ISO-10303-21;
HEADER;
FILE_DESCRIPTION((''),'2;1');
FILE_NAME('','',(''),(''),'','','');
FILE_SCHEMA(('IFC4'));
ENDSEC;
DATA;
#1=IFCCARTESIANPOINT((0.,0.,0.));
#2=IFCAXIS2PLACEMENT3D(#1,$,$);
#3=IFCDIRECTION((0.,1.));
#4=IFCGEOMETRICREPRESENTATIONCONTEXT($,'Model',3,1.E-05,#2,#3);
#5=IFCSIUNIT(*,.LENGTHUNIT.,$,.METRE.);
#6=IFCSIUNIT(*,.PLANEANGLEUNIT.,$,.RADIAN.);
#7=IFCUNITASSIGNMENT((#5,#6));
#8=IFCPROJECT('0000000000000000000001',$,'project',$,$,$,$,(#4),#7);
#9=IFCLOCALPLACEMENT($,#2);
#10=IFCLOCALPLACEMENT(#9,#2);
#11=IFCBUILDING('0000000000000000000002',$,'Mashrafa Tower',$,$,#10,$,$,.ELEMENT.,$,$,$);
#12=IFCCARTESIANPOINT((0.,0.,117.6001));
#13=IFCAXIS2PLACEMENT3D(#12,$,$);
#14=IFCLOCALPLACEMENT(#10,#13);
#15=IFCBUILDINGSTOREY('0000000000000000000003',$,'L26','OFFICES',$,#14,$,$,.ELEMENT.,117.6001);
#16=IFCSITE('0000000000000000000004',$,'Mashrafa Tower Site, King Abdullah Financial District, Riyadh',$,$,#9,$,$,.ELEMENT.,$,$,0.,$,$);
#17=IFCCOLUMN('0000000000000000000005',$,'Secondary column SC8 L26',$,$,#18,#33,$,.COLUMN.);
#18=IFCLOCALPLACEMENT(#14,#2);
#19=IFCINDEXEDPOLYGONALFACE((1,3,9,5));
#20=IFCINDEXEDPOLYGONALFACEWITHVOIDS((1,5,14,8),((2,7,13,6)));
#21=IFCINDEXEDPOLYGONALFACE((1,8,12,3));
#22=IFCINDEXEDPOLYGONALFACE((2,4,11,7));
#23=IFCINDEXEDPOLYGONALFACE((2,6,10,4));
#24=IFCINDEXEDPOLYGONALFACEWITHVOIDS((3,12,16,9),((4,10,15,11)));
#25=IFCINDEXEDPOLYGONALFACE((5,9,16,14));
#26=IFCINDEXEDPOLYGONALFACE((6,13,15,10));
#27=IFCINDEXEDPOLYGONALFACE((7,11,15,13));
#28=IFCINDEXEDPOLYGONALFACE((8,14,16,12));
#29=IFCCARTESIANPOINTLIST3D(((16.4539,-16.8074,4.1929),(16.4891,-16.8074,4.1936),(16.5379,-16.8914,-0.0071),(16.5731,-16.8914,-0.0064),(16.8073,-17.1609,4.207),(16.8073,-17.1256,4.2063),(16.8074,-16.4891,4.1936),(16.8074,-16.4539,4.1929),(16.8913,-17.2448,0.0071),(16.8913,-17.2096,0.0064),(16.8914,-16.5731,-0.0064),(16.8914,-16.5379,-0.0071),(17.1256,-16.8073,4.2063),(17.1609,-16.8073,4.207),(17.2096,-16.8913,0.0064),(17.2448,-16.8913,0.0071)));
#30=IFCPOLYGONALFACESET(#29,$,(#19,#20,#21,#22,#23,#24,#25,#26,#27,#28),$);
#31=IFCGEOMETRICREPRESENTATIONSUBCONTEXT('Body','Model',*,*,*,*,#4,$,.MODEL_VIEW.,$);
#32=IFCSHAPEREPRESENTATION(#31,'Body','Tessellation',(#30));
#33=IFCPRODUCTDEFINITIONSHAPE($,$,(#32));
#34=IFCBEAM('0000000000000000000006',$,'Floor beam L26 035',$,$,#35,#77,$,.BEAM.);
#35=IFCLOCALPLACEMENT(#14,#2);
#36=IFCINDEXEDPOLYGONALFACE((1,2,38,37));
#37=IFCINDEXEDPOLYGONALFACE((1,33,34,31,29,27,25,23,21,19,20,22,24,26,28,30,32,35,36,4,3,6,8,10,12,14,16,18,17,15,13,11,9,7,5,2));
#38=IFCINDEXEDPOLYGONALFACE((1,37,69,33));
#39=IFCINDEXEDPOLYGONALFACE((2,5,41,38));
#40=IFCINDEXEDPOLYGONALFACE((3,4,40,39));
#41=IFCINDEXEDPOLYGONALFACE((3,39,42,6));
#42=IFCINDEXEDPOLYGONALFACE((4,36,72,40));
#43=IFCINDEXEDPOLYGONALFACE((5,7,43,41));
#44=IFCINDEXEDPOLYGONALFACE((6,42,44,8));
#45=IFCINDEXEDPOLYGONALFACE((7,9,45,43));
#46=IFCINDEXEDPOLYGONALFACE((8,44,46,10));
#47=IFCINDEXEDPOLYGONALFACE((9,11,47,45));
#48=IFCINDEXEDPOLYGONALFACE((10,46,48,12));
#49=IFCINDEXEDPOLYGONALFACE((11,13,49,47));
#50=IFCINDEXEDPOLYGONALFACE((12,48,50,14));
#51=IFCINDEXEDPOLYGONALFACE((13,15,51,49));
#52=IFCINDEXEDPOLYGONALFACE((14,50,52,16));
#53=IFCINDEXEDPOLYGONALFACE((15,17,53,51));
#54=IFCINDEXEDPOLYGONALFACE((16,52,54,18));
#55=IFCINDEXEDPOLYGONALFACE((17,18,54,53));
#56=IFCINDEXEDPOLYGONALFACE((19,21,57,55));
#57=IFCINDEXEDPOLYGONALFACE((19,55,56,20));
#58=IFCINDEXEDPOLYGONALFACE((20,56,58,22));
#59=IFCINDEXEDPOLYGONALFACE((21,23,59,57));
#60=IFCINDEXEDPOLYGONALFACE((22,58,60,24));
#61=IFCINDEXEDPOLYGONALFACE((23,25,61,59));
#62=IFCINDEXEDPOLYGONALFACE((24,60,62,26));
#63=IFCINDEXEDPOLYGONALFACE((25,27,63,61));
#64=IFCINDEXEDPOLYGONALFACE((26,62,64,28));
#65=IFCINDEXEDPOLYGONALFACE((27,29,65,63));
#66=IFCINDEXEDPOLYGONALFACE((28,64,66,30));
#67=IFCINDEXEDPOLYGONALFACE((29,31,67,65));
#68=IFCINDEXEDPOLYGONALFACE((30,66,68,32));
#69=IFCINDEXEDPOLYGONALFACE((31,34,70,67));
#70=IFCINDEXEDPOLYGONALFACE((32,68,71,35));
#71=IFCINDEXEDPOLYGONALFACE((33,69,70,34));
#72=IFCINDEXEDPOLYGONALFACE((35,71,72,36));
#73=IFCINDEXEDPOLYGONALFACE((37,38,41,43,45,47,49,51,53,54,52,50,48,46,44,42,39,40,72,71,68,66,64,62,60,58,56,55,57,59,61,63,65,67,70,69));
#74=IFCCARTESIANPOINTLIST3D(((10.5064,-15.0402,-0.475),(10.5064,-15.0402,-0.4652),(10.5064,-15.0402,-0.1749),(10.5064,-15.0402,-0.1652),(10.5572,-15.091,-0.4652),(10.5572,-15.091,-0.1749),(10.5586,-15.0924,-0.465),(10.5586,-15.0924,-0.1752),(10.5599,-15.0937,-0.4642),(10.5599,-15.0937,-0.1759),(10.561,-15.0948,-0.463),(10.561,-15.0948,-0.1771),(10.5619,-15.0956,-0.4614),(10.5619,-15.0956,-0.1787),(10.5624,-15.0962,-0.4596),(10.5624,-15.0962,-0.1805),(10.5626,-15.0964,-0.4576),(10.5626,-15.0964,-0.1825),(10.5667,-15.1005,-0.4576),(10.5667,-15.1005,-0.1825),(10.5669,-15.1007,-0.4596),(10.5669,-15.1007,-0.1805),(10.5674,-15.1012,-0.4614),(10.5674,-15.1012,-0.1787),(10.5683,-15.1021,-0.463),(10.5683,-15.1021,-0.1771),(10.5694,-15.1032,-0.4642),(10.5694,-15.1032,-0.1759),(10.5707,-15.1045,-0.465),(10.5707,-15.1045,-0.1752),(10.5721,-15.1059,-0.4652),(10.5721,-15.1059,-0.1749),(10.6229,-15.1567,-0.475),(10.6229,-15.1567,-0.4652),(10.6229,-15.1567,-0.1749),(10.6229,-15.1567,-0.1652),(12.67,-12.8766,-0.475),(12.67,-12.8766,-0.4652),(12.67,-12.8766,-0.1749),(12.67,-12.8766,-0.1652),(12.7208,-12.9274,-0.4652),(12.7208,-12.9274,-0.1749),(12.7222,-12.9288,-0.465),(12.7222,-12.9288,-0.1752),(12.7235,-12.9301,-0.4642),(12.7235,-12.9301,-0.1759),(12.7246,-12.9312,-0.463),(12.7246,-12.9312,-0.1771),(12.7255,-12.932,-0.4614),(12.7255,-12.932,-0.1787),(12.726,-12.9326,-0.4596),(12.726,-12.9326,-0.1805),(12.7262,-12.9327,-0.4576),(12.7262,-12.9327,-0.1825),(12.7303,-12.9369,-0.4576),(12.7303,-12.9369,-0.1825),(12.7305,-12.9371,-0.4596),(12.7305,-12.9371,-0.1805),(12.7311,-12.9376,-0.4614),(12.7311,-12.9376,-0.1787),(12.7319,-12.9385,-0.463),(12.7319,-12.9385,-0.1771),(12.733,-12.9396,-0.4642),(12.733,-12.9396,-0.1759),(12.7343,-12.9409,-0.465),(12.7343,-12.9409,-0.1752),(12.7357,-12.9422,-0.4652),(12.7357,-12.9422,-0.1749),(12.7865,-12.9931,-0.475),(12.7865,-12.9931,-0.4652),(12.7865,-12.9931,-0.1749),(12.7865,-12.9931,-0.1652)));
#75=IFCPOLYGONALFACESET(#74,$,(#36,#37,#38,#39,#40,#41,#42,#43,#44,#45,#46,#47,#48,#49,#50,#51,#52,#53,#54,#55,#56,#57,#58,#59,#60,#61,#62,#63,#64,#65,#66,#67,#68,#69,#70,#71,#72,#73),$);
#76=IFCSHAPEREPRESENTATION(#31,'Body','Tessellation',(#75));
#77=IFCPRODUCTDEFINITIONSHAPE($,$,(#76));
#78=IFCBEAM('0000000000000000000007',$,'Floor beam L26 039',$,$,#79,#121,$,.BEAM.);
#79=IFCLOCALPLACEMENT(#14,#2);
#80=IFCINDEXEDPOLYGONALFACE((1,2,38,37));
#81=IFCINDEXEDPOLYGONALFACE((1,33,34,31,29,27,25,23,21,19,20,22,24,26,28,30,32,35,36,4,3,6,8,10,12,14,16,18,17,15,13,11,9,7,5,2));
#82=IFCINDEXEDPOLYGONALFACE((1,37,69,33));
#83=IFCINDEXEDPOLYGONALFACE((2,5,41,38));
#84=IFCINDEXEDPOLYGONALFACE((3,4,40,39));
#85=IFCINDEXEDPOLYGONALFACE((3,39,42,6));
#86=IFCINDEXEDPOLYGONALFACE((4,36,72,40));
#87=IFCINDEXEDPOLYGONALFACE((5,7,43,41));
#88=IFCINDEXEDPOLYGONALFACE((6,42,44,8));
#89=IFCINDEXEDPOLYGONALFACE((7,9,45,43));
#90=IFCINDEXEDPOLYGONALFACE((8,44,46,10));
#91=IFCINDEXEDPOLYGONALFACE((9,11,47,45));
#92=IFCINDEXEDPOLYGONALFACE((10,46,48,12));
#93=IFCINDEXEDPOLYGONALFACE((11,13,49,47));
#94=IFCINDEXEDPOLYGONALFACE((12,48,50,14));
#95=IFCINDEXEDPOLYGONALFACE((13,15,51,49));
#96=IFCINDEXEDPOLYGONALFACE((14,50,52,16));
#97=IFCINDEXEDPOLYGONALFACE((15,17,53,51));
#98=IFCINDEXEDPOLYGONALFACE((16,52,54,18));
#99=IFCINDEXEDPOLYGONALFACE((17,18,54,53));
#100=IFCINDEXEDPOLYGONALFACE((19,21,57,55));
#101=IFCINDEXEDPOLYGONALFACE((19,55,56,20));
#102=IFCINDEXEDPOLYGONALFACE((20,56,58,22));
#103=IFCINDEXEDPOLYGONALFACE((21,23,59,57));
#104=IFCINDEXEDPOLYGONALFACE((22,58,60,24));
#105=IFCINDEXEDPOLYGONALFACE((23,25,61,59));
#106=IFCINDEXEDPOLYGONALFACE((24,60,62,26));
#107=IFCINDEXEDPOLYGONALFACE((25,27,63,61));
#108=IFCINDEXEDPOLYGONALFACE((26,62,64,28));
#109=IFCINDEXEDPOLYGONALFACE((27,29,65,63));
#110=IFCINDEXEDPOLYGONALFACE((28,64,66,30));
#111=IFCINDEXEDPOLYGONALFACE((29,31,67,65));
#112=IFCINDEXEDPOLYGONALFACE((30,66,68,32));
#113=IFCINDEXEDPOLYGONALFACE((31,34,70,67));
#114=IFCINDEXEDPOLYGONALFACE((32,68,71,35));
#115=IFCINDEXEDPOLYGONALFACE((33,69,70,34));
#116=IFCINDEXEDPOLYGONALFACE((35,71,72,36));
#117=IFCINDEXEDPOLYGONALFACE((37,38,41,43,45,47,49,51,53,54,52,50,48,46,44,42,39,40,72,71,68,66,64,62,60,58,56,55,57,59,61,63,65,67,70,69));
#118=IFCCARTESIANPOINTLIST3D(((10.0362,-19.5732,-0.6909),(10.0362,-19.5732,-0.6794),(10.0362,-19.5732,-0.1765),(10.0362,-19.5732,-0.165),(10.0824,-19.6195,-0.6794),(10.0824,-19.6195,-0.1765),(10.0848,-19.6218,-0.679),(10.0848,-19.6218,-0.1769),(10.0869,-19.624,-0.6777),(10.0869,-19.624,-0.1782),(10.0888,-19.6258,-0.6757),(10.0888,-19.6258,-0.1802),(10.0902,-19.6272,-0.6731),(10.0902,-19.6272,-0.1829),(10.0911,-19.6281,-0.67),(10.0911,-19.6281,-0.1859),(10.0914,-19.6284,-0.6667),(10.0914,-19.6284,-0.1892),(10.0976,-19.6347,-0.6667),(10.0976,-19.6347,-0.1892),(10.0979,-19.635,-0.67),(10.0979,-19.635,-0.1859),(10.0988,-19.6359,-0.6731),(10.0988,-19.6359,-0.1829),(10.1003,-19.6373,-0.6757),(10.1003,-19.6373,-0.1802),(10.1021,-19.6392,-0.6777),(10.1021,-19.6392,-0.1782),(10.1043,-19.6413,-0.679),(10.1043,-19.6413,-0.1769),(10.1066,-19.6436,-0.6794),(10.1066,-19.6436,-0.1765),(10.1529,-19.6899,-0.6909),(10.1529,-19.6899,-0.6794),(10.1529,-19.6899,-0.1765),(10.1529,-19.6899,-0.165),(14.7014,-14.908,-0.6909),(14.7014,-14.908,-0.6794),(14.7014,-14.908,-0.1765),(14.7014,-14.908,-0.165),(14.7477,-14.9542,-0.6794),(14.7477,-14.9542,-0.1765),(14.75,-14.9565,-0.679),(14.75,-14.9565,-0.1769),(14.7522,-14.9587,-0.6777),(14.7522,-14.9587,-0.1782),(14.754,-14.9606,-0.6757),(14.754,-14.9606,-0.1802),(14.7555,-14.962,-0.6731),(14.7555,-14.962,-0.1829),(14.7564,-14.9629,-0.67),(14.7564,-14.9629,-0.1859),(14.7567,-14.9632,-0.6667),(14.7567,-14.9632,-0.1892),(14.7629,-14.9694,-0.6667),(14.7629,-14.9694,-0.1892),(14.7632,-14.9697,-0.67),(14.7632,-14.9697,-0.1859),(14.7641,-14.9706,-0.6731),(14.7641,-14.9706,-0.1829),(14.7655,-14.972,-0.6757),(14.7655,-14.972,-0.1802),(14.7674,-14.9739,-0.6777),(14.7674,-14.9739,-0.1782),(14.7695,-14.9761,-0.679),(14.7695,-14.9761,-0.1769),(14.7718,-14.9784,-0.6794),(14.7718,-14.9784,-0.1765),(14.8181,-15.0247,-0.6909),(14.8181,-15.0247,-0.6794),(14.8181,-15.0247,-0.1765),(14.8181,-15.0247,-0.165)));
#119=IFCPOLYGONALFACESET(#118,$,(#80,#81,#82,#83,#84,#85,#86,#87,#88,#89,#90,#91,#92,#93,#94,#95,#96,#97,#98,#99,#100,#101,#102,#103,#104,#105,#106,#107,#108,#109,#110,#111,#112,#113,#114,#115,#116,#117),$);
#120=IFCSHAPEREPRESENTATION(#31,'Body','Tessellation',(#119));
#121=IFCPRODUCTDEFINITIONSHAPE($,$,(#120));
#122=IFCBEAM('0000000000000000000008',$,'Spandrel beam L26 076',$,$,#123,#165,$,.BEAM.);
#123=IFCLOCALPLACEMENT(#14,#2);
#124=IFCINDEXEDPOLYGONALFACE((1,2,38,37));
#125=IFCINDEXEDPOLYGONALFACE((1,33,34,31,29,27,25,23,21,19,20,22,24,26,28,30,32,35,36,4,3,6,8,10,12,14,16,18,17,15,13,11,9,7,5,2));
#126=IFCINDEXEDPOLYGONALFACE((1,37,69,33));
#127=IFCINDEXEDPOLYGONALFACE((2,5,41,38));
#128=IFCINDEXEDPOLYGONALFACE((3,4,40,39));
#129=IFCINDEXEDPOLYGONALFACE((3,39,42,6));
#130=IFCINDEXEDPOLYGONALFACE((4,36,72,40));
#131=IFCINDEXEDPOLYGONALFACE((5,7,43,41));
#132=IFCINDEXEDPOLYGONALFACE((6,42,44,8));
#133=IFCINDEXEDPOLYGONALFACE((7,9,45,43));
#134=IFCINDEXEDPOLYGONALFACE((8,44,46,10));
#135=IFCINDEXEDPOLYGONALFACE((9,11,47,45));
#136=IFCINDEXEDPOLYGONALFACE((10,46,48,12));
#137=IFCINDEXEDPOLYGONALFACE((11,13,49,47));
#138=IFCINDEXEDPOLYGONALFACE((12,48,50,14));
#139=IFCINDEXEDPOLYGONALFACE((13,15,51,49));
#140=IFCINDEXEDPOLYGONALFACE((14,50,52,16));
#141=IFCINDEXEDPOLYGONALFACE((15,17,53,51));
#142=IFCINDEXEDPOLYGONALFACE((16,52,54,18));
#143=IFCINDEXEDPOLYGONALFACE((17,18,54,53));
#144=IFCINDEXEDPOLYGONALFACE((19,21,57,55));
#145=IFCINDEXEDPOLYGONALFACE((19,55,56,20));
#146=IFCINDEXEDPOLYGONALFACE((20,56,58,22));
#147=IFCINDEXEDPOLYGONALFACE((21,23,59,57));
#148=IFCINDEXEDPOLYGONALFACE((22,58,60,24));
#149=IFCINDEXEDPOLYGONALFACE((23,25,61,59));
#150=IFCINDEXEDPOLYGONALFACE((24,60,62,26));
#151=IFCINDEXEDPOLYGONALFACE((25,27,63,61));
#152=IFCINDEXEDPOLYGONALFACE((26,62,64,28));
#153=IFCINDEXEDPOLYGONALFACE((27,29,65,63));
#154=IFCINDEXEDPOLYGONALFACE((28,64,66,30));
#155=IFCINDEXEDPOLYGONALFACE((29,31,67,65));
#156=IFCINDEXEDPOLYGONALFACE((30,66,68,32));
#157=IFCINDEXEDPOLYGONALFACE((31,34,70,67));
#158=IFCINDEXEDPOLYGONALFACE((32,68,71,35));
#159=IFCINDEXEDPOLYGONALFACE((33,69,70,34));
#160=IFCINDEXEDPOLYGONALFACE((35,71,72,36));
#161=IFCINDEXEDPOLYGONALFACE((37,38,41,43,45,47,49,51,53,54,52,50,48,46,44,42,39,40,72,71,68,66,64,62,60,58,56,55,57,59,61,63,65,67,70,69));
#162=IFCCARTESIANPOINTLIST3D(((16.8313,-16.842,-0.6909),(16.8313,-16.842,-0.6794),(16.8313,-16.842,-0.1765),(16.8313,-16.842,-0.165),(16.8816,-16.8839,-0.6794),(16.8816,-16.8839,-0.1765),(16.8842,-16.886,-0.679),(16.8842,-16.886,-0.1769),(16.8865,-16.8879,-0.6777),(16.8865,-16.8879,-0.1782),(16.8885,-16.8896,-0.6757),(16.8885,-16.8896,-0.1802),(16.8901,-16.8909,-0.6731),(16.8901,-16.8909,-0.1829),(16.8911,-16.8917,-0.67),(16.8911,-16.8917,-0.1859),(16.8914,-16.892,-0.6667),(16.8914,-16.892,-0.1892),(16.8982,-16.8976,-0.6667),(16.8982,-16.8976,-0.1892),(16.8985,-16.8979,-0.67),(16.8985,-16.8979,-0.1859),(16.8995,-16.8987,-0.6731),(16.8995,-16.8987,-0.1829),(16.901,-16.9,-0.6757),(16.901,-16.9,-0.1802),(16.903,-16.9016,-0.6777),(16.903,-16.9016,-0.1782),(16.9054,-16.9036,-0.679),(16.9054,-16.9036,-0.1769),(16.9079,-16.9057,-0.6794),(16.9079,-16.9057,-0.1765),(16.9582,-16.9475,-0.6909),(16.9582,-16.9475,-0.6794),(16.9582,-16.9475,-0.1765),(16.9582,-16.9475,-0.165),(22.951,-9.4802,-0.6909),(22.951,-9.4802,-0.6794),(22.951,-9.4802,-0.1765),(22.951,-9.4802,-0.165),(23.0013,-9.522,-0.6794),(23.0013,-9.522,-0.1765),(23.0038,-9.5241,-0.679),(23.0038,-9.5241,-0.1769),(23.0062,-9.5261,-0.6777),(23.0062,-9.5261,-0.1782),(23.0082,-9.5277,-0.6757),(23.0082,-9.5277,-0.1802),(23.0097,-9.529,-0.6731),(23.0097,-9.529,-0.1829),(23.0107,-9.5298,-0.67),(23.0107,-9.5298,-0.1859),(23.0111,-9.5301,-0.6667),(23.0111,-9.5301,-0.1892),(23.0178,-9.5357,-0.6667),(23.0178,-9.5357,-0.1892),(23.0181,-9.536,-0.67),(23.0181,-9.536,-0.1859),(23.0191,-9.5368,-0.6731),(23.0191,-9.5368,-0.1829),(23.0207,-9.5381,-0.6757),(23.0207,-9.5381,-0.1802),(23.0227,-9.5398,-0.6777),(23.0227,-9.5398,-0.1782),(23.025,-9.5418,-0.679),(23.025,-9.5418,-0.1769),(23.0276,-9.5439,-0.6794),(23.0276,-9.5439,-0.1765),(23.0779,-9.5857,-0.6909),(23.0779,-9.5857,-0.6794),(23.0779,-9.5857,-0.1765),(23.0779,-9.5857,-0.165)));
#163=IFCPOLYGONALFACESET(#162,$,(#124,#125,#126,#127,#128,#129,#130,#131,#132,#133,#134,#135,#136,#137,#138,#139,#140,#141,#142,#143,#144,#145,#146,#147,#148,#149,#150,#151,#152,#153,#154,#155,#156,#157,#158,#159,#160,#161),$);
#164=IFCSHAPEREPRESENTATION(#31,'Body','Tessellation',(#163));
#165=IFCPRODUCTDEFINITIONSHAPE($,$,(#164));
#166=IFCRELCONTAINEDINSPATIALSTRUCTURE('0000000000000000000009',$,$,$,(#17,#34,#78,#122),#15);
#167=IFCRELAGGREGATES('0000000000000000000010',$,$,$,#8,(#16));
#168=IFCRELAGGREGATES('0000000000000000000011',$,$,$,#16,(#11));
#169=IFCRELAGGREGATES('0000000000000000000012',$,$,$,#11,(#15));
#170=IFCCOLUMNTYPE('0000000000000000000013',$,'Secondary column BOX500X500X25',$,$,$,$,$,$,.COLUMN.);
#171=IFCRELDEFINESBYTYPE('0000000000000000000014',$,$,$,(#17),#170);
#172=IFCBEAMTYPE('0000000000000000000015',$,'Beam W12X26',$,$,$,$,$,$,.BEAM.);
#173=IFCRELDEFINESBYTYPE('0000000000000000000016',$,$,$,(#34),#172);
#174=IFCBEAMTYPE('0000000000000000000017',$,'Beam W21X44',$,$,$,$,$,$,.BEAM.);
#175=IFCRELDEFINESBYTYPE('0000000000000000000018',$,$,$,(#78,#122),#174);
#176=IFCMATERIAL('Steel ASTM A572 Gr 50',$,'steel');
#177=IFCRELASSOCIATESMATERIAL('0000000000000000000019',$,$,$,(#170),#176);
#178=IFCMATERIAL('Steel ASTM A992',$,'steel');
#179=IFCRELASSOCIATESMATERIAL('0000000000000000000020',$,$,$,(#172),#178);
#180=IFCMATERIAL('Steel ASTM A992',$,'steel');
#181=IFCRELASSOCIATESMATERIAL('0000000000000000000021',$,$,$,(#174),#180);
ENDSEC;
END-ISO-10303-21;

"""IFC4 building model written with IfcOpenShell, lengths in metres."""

from ifc_helpers import new_model, si_unit, direction, frame, origin, origin_2d, place, context, subcontext, project, spatial, hollow_rectangle, i_section, extrude, material, material_profile, profile_set, type_object, element, save


model = new_model("IFC4")

# Units and contexts
model_context = context("Model", 3, precision=1e-05, world=origin(), true_north=direction((0.0, 1.0)))
body_context = subcontext(model_context, "Body", "Model", "MODEL_VIEW")
ifc_project = project(units=[si_unit("LENGTHUNIT", "METRE"), si_unit("PLANEANGLEUNIT", "RADIAN")], contexts=[model_context])

# Site, building, storey
site_placement = place(None, origin())
site = spatial("IfcSite", under=ifc_project, at=site_placement, Name="Mashrafa Tower Site, King Abdullah Financial District, Riyadh", CompositionType="ELEMENT", RefElevation=0.0)
building_placement = place(site_placement, origin())
building = spatial("IfcBuilding", under=site, at=building_placement, Name="Mashrafa Tower", CompositionType="ELEMENT")
storey_placement = place(building_placement, frame((0.0, 0.0, 117.6001)))
storey = spatial("IfcBuildingStorey", under=building, at=storey_placement, Name="L26", Description="OFFICES", CompositionType="ELEMENT", Elevation=117.6001)

# Column
ifc_material_1 = material(Name="Steel ASTM A572 Gr 50", Category="steel")
ifc_material_profile_1 = material_profile(ifc_material_1, hollow_rectangle(XDim=0.5, YDim=0.5, WallThickness=0.0249, at=origin_2d()), Name="BOX500X500X25")
ifc_profile_set_1 = profile_set([ifc_material_profile_1], Name="Steel ASTM A572 Gr 50")
column_type = type_object("IfcColumnType", Name="Secondary column BOX500X500X25", PredefinedType="COLUMN", material=ifc_profile_set_1)
column_placement = place(storey_placement, frame((16.8914, -16.8914, 0.0), z_axis=(-0.019989, 0.019989, 0.9996), x_axis=(-0.707107, -0.707107, 0.0)))
element("IfcColumn", 1, at=column_placement, inside=storey, type_object=column_type, Name="Secondary column SC8 L26", PredefinedType="COLUMN", context=body_context, shape_type="SweptSolid", body=[
    extrude(hollow_rectangle(XDim=0.5, YDim=0.5, WallThickness=0.0249, at=origin_2d()), origin(), (0.0, 0.0, 1.0), 4.2017),
])

# Beams
ifc_material_2 = material(Name="Steel ASTM A992", Category="steel")
ifc_material_profile_2 = material_profile(ifc_material_2, i_section(OverallWidth=0.1648, OverallDepth=0.3098, WebThickness=0.0059, FlangeThickness=0.0098, FilletRadius=0.0076, at=origin_2d()), Name="W12X26")
ifc_profile_set_2 = profile_set([ifc_material_profile_2], Name="Steel ASTM A992")
beam_type_1 = type_object("IfcBeamType", Name="Beam W12X26", PredefinedType="BEAM", material=ifc_profile_set_2)
beam_1_placement = place(storey_placement, frame((12.7283, -12.9348, -0.3201), z_axis=(-0.707107, -0.707107, 0.0), x_axis=(0.707107, -0.707107, 0.0)))
element("IfcBeam", 2, at=beam_1_placement, inside=storey, type_object=beam_type_1, Name="Floor beam L26 035", PredefinedType="BEAM", context=body_context, shape_type="SweptSolid", body=[
    extrude(i_section(OverallWidth=0.1648, OverallDepth=0.3098, WebThickness=0.0059, FlangeThickness=0.0098, FilletRadius=0.0076, at=origin_2d()), origin(), (0.0, 0.0, 1.0), 3.0598),
])
ifc_material_3 = material(Name="Steel ASTM A992", Category="steel")
ifc_material_profile_3 = material_profile(ifc_material_3, i_section(OverallWidth=0.165, OverallDepth=0.5259, WebThickness=0.0088, FlangeThickness=0.0115, FilletRadius=0.0127, at=origin_2d()), Name="W21X44")
ifc_profile_set_3 = profile_set([ifc_material_profile_3], Name="Steel ASTM A992")
beam_type_2 = type_object("IfcBeamType", Name="Beam W21X44", PredefinedType="BEAM", material=ifc_profile_set_3)
beam_2_placement = place(storey_placement, frame((14.7598, -14.9663, -0.428), z_axis=(-0.707107, -0.707107, 0.0), x_axis=(0.707107, -0.707107, 0.0)))
element("IfcBeam", 3, at=beam_2_placement, inside=storey, type_object=beam_type_2, Name="Floor beam L26 039", PredefinedType="BEAM", context=body_context, shape_type="SweptSolid", body=[
    extrude(i_section(OverallWidth=0.165, OverallDepth=0.5259, WebThickness=0.0088, FlangeThickness=0.0115, FilletRadius=0.0127, at=origin_2d()), origin(), (0.0, 0.0, 1.0), 6.5977),
])
beam_3_placement = place(storey_placement, frame((16.8948, -16.8948, -0.428), z_axis=(0.639246, 0.769003, 0.0), x_axis=(-0.769003, 0.639246, 0.0)))
element("IfcBeam", 4, at=beam_3_placement, inside=storey, type_object=beam_type_2, Name="Spandrel beam L26 076", PredefinedType="BEAM", context=body_context, shape_type="SweptSolid", body=[
    extrude(i_section(OverallWidth=0.165, OverallDepth=0.5259, WebThickness=0.0088, FlangeThickness=0.0115, FilletRadius=0.0127, at=origin_2d()), origin(), (0.0, 0.0, 1.0), 9.5732),
])

save(model, "model.ifc")
